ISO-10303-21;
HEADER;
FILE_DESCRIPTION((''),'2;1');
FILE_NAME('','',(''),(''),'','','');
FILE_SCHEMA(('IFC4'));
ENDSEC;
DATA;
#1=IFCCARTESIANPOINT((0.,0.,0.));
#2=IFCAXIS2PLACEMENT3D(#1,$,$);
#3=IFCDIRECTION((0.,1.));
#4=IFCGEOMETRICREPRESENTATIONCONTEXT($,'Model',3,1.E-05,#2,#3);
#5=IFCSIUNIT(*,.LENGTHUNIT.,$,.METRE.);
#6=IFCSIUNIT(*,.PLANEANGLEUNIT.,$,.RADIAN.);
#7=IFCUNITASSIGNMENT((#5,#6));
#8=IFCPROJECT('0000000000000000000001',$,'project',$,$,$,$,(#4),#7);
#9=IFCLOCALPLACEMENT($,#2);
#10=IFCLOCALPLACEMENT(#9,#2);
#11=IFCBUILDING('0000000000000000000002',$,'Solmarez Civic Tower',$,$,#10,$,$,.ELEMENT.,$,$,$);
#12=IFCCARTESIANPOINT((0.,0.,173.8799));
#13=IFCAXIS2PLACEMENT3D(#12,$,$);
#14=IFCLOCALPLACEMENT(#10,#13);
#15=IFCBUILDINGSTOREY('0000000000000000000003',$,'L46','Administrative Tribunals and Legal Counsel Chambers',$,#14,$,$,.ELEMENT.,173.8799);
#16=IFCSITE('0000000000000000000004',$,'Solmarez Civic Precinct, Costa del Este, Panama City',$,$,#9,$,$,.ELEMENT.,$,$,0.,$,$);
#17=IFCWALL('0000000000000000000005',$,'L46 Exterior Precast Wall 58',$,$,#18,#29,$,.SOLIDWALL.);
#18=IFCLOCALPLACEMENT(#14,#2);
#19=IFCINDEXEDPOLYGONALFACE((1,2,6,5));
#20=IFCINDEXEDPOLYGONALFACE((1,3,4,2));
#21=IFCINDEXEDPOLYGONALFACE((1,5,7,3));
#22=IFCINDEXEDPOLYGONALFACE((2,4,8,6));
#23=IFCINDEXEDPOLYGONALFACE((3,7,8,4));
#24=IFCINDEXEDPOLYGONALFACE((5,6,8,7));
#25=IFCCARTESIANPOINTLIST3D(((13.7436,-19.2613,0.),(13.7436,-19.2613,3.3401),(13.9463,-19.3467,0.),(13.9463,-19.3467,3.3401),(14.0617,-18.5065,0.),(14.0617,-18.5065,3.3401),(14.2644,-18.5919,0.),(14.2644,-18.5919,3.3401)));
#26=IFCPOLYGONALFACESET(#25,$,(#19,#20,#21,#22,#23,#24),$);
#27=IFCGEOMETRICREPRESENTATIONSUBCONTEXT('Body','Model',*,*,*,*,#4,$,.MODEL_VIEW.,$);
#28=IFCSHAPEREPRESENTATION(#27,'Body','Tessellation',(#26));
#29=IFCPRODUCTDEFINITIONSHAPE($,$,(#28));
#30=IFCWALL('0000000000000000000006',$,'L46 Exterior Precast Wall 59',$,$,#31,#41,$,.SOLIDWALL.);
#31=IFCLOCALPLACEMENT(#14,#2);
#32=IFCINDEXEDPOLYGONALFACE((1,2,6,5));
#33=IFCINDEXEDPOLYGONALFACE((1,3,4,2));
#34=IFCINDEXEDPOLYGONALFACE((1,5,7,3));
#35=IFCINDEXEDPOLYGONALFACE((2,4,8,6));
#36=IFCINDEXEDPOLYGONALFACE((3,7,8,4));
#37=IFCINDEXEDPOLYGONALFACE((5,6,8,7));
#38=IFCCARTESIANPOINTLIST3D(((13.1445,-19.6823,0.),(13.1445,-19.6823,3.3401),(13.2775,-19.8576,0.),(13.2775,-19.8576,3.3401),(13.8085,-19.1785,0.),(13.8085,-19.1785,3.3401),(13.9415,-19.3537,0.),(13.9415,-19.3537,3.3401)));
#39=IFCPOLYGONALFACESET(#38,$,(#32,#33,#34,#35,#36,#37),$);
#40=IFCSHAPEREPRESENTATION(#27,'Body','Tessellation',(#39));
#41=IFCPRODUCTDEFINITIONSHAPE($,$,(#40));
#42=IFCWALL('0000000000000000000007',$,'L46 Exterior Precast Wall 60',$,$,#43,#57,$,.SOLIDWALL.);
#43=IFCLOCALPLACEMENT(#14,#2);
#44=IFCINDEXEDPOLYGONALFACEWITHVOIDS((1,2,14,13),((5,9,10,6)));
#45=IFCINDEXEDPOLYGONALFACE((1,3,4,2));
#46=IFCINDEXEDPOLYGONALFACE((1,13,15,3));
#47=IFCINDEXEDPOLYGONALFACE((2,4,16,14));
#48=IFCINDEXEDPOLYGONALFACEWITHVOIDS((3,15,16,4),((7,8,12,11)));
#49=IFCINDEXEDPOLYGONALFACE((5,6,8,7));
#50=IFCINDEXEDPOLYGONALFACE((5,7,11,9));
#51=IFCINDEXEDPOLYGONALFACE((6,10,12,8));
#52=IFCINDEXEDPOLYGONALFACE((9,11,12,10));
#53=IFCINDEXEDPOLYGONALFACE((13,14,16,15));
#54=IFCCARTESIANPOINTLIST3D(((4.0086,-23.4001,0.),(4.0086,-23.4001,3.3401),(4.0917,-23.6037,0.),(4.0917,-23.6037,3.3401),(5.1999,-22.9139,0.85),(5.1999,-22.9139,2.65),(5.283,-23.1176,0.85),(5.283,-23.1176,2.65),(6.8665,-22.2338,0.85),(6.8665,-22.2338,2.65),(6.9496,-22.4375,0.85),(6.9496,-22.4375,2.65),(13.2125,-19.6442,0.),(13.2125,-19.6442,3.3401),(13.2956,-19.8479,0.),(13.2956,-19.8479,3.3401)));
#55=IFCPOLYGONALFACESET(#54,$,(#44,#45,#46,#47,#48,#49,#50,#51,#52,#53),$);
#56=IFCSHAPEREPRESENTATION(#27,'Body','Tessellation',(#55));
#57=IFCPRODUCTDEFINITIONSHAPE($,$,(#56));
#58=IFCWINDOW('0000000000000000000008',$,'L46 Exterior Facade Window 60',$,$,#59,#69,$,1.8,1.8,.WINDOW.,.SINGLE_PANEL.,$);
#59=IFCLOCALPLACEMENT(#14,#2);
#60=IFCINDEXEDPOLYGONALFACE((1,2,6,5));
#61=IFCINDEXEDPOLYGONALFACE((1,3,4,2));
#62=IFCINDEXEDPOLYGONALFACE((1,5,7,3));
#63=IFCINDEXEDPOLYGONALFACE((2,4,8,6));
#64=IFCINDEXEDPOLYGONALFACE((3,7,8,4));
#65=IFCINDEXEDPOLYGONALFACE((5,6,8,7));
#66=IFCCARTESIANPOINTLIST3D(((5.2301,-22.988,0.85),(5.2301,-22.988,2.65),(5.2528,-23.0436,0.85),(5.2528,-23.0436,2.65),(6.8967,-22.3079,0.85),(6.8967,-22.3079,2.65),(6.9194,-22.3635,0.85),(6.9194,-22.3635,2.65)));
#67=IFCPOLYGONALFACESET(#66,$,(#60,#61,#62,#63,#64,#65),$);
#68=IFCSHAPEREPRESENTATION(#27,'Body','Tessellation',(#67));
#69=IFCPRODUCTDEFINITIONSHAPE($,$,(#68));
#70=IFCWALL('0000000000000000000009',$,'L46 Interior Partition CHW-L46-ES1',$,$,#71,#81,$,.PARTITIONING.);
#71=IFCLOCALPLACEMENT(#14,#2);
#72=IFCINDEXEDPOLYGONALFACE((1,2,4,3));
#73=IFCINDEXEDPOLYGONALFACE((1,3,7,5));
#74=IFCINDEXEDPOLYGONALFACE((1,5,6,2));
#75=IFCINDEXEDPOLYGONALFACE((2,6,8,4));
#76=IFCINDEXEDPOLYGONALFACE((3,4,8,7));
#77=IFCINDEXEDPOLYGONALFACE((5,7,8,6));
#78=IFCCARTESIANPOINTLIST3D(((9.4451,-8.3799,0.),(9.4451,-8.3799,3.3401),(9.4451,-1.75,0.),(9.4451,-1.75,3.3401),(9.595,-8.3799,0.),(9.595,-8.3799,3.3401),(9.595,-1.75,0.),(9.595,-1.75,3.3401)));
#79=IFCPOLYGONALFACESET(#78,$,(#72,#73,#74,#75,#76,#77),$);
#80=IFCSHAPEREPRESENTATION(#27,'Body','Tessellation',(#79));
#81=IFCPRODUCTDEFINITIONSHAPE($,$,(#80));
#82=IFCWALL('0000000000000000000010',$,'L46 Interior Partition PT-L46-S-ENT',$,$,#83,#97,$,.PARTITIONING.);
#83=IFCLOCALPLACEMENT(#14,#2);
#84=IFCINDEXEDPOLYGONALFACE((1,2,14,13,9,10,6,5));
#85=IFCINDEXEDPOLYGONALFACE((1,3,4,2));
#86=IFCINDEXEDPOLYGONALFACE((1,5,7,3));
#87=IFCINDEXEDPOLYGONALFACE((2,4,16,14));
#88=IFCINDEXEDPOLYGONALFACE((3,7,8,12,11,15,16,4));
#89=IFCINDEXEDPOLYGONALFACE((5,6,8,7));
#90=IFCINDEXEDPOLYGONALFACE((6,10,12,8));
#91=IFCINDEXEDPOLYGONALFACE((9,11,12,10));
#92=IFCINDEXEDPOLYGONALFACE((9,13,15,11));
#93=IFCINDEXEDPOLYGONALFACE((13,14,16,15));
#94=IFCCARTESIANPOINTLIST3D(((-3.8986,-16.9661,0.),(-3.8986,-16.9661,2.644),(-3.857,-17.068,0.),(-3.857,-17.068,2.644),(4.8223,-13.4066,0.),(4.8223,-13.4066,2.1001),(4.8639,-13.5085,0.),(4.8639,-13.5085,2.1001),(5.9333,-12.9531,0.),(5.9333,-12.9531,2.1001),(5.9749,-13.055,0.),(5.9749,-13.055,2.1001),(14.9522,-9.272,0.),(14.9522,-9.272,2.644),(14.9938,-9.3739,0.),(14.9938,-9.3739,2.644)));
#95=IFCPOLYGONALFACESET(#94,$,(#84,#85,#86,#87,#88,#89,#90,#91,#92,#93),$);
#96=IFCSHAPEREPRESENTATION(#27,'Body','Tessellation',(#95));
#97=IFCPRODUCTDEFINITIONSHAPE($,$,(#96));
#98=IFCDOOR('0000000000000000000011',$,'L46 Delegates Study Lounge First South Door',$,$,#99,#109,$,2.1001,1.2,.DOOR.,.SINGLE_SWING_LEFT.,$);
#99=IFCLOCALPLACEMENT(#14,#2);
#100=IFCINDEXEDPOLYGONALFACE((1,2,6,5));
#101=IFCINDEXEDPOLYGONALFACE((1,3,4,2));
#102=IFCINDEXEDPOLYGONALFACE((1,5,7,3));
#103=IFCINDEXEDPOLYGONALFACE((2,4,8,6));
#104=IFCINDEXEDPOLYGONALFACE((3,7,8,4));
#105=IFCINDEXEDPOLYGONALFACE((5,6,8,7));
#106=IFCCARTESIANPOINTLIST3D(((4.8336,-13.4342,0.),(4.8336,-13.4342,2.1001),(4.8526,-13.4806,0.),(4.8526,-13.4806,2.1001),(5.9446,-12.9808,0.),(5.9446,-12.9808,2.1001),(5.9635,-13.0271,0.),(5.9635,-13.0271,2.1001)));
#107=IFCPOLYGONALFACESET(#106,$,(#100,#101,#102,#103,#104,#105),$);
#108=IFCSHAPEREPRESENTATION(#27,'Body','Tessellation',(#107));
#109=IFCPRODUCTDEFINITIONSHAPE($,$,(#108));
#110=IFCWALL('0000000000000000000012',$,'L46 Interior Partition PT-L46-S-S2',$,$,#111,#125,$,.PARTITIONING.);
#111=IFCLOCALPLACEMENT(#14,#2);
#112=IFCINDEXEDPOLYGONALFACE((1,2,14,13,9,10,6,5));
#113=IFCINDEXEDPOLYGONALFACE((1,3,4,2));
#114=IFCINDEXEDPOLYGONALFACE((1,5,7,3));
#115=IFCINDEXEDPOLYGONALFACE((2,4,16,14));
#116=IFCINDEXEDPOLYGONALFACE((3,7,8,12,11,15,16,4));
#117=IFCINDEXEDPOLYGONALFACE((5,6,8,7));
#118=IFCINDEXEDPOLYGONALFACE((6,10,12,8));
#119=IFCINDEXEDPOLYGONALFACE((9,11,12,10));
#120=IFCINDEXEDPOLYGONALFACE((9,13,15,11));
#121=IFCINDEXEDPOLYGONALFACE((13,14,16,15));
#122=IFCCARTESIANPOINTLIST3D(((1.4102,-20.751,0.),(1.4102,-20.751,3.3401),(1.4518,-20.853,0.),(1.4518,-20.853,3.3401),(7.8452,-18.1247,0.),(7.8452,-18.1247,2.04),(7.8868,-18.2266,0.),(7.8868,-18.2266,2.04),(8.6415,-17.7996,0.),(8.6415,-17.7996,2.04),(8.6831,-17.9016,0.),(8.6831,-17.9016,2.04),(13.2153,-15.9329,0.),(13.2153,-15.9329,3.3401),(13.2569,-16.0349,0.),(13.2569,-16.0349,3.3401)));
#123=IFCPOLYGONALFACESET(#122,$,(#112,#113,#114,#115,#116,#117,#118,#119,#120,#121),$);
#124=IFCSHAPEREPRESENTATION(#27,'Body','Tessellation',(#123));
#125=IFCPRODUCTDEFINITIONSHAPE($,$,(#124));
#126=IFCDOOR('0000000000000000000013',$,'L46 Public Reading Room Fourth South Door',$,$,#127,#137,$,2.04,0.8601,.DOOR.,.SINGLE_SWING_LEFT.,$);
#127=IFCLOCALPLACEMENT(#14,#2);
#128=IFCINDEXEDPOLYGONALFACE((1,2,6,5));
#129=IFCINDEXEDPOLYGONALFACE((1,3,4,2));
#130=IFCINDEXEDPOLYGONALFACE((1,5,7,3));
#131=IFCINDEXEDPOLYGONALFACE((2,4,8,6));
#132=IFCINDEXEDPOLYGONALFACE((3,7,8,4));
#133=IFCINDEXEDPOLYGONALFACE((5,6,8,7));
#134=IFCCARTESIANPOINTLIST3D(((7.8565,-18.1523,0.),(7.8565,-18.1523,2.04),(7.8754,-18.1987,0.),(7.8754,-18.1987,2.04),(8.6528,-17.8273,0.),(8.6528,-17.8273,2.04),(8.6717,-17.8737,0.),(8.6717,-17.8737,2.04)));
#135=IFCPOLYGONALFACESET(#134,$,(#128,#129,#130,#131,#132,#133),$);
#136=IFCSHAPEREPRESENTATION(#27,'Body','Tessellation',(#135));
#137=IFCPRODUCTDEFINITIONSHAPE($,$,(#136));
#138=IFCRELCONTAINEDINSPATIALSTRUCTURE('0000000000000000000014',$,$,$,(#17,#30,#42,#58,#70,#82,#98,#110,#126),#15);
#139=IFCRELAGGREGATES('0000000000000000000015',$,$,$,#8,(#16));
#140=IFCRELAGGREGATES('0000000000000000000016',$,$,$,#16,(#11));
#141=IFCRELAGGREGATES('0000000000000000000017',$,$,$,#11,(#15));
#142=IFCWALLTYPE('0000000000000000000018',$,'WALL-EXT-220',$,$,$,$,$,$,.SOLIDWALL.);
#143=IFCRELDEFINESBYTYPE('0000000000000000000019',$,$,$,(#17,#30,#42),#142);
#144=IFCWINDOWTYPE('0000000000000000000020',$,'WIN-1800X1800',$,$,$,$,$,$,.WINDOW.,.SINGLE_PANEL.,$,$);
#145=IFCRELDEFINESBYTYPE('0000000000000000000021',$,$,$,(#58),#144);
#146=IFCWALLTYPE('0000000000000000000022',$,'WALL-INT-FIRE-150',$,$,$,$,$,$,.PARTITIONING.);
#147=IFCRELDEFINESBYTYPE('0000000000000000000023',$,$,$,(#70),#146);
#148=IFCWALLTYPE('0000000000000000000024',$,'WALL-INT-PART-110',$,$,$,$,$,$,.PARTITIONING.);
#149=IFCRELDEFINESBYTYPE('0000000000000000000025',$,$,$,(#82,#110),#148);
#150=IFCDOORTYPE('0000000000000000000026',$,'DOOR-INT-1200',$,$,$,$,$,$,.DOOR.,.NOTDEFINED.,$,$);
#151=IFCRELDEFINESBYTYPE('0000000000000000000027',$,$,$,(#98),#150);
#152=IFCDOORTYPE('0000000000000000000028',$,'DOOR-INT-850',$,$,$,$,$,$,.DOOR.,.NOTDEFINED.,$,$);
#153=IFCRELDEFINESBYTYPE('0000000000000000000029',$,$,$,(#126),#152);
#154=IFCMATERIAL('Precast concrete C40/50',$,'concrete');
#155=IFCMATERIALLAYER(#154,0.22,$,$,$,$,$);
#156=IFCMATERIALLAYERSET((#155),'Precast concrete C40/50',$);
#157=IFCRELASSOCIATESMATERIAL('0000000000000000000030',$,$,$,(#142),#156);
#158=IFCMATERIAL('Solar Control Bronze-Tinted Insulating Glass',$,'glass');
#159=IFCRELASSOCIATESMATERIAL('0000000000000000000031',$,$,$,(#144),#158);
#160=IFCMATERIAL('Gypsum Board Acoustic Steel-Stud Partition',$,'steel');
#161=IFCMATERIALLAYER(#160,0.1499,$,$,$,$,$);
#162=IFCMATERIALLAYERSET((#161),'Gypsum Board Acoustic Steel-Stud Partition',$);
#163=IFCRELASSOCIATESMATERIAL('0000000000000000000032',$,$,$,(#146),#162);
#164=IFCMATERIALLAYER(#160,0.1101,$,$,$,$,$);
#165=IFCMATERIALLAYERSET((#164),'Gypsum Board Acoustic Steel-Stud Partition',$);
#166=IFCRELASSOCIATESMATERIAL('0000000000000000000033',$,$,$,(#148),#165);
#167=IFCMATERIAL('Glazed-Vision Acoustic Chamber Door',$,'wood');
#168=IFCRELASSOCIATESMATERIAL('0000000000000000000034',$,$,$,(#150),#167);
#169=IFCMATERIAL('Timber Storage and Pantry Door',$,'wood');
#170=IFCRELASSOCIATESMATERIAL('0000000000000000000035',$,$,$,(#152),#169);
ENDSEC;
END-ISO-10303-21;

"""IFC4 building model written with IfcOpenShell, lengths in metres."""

from ifc_helpers import new_model, si_unit, direction, frame, frame_2d, origin, place, context, subcontext, project, spatial, rectangle, extrude, material, layer, layer_set, type_object, element, fill, save


model = new_model("IFC4")

# Units and contexts
model_context = context("Model", 3, precision=1e-05, world=origin(), true_north=direction((0.0, 1.0)))
body_context = subcontext(model_context, "Body", "Model", "MODEL_VIEW")
ifc_project = project(units=[si_unit("LENGTHUNIT", "METRE"), si_unit("PLANEANGLEUNIT", "RADIAN")], contexts=[model_context])

# Site, building, storey
site_placement = place(None, origin())
site = spatial("IfcSite", under=ifc_project, at=site_placement, Name="Solmarez Civic Precinct, Costa del Este, Panama City", CompositionType="ELEMENT", RefElevation=0.0)
building_placement = place(site_placement, origin())
building = spatial("IfcBuilding", under=site, at=building_placement, Name="Solmarez Civic Tower", CompositionType="ELEMENT")
storey_placement = place(building_placement, frame((0.0, 0.0, 173.8799)))
storey = spatial("IfcBuildingStorey", under=building, at=storey_placement, Name="L46", Description="Administrative Tribunals and Legal Counsel Chambers", CompositionType="ELEMENT", Elevation=173.8799)

# Walls
ifc_material_1 = material(Name="Precast concrete C40/50", Category="concrete")
ifc_layer_1 = layer(ifc_material_1, 0.22)
ifc_layer_set_1 = layer_set([ifc_layer_1], Name="Precast concrete C40/50")
wall_type_1 = type_object("IfcWallType", Name="WALL-EXT-220", PredefinedType="SOLIDWALL", material=ifc_layer_set_1)
wall_1_placement = place(storey_placement, frame((14.1631, -18.5491, 0.0), z_axis=(0.0, 0.0, 1.0), x_axis=(-0.388337, -0.921518, 0.0)))
element("IfcWall", 1, at=wall_1_placement, inside=storey, type_object=wall_type_1, Name="L46 Exterior Precast Wall 58", PredefinedType="SOLIDWALL", context=body_context, shape_type="SweptSolid", body=[
    extrude(rectangle(XDim=0.8191, YDim=0.22, at=frame_2d((0.4097, 0.0))), origin(), (0.0, 0.0, 1.0), 3.3401),
])
wall_2_placement = place(storey_placement, frame((13.875, -19.2661, 0.0), z_axis=(0.0, 0.0, 1.0), x_axis=(-0.796613, -0.604489, 0.0)))
element("IfcWall", 2, at=wall_2_placement, inside=storey, type_object=wall_type_1, Name="L46 Exterior Precast Wall 59", PredefinedType="SOLIDWALL", context=body_context, shape_type="SweptSolid", body=[
    extrude(rectangle(XDim=0.8335, YDim=0.22, at=frame_2d((0.4167, 0.0))), origin(), (0.0, 0.0, 1.0), 3.3401),
])

# Wall, opening, window
wall_3_placement = place(storey_placement, frame((13.2539, -19.7461, 0.0), z_axis=(0.0, 0.0, 1.0), x_axis=(-0.925876, -0.377827, 0.0)))
wall_3 = element("IfcWall", 3, at=wall_3_placement, inside=storey, type_object=wall_type_1, Name="L46 Exterior Precast Wall 60", PredefinedType="SOLIDWALL", context=body_context, shape_type="SweptSolid", body=[
    extrude(rectangle(XDim=9.9407, YDim=0.22, at=frame_2d((4.9702, 0.0))), origin(), (0.0, 0.0, 1.0), 3.3401),
])
opening_1_placement = place(wall_3_placement, frame((6.854, 0.0, 0.8501)))
opening_1 = element("IfcOpeningElement", 4, at=opening_1_placement, cuts=wall_3, PredefinedType="OPENING", context=body_context, shape_type="SweptSolid", body=[
    extrude(rectangle(XDim=1.8, YDim=1.8, at=frame_2d((0.8999, 0.8999))), frame((0.0, 0.1199, 0.0), z_axis=(0.0, -1.0, 0.0), x_axis=(1.0, 0.0, 0.0)), (0.0, 0.0, 1.0), 0.24),
])
ifc_material_2 = material(Name="Solar Control Bronze-Tinted Insulating Glass", Category="glass")
window_type = type_object("IfcWindowType", Name="WIN-1800X1800", PartitioningType="SINGLE_PANEL", PredefinedType="WINDOW", material=ifc_material_2)
window_placement = place(opening_1_placement, origin())
window = element("IfcWindow", 5, at=window_placement, inside=storey, type_object=window_type, Name="L46 Exterior Facade Window 60", OverallHeight=1.8, OverallWidth=1.8, PartitioningType="SINGLE_PANEL", PredefinedType="WINDOW", context=body_context, shape_type="SweptSolid", body=[
    extrude(rectangle(XDim=1.8, YDim=1.8, at=frame_2d((0.8999, 0.8999))), frame((0.0, 0.03, 0.0), z_axis=(0.0, -1.0, 0.0), x_axis=(1.0, 0.0, 0.0)), (0.0, 0.0, 1.0), 0.0601),
])
fill(opening_1, window)

# Wall
ifc_material_3 = material(Name="Gypsum Board Acoustic Steel-Stud Partition", Category="steel")
ifc_layer_2 = layer(ifc_material_3, 0.1499)
ifc_layer_set_2 = layer_set([ifc_layer_2], Name="Gypsum Board Acoustic Steel-Stud Partition")
wall_type_2 = type_object("IfcWallType", Name="WALL-INT-FIRE-150", PredefinedType="PARTITIONING", material=ifc_layer_set_2)
wall_4_placement = place(storey_placement, frame((9.52, -8.3799, 0.0), z_axis=(0.0, 0.0, 1.0), x_axis=(0.0, 1.0, 0.0)))
element("IfcWall", 6, at=wall_4_placement, inside=storey, type_object=wall_type_2, Name="L46 Interior Partition CHW-L46-ES1", PredefinedType="PARTITIONING", context=body_context, shape_type="SweptSolid", body=[
    extrude(rectangle(XDim=6.6299, YDim=0.1499, at=frame_2d((3.3149, 0.0))), origin(), (0.0, 0.0, 1.0), 3.3401),
])

# Walls, openings, doors
ifc_layer_3 = layer(ifc_material_3, 0.1101)
ifc_layer_set_3 = layer_set([ifc_layer_3], Name="Gypsum Board Acoustic Steel-Stud Partition")
wall_type_3 = type_object("IfcWallType", Name="WALL-INT-PART-110", PredefinedType="PARTITIONING", material=ifc_layer_set_3)
wall_5_placement = place(storey_placement, frame((14.9729, -9.323, 0.0), z_axis=(0.0, 0.0, 1.0), x_axis=(-0.92585, -0.377892, 0.0)))
wall_5 = element("IfcWall", 7, at=wall_5_placement, inside=storey, type_object=wall_type_3, Name="L46 Interior Partition PT-L46-S-ENT", PredefinedType="PARTITIONING", context=body_context, shape_type="SweptSolid", body=[
    extrude(rectangle(XDim=20.3606, YDim=0.1101, at=frame_2d((10.1802, 0.0))), origin(), (0.0, 0.0, 1.0), 2.644),
])
opening_2_placement = place(wall_5_placement, frame((9.741, 0.0, 0.0)))
opening_2 = element("IfcOpeningElement", 8, at=opening_2_placement, cuts=wall_5, PredefinedType="OPENING", context=body_context, shape_type="SweptSolid", body=[
    extrude(rectangle(XDim=1.2, YDim=2.1001, at=frame_2d((0.6001, 1.05))), frame((0.0, 0.0649, 0.0), z_axis=(0.0, -1.0, 0.0), x_axis=(1.0, 0.0, 0.0)), (0.0, 0.0, 1.0), 0.1301),
])
ifc_material_4 = material(Name="Glazed-Vision Acoustic Chamber Door", Category="wood")
door_type_1 = type_object("IfcDoorType", Name="DOOR-INT-1200", OperationType="NOTDEFINED", PredefinedType="DOOR", material=ifc_material_4)
door_1_placement = place(opening_2_placement, origin())
door_1 = element("IfcDoor", 9, at=door_1_placement, inside=storey, type_object=door_type_1, Name="L46 Delegates Study Lounge First South Door", OperationType="SINGLE_SWING_LEFT", OverallHeight=2.1001, OverallWidth=1.2, PredefinedType="DOOR", context=body_context, shape_type="SweptSolid", body=[
    extrude(rectangle(XDim=1.2, YDim=2.1001, at=frame_2d((0.6001, 1.05))), frame((0.0, 0.0249, 0.0), z_axis=(0.0, -1.0, 0.0), x_axis=(1.0, 0.0, 0.0)), (0.0, 0.0, 1.0), 0.05),
])
fill(opening_2, door_1)
wall_6_placement = place(storey_placement, frame((13.2361, -15.9839, 0.0), z_axis=(0.0, 0.0, 1.0), x_axis=(-0.925857, -0.377875, 0.0)))
wall_6 = element("IfcWall", 10, at=wall_6_placement, inside=storey, type_object=wall_type_3, Name="L46 Interior Partition PT-L46-S-S2", PredefinedType="PARTITIONING", context=body_context, shape_type="SweptSolid", body=[
    extrude(rectangle(XDim=12.7505, YDim=0.1101, at=frame_2d((6.3752, 0.0))), origin(), (0.0, 0.0, 1.0), 3.3401),
])
opening_3_placement = place(wall_6_placement, frame((4.9399, 0.0, 0.0)))
opening_3 = element("IfcOpeningElement", 11, at=opening_3_placement, cuts=wall_6, PredefinedType="OPENING", context=body_context, shape_type="SweptSolid", body=[
    extrude(rectangle(XDim=0.8601, YDim=2.04, at=frame_2d((0.4302, 1.02))), frame((0.0, 0.0649, 0.0), z_axis=(0.0, -1.0, 0.0), x_axis=(1.0, 0.0, 0.0)), (0.0, 0.0, 1.0), 0.1301),
])
ifc_material_5 = material(Name="Timber Storage and Pantry Door", Category="wood")
door_type_2 = type_object("IfcDoorType", Name="DOOR-INT-850", OperationType="NOTDEFINED", PredefinedType="DOOR", material=ifc_material_5)
door_2_placement = place(opening_3_placement, origin())
door_2 = element("IfcDoor", 12, at=door_2_placement, inside=storey, type_object=door_type_2, Name="L46 Public Reading Room Fourth South Door", OperationType="SINGLE_SWING_LEFT", OverallHeight=2.04, OverallWidth=0.8601, PredefinedType="DOOR", context=body_context, shape_type="SweptSolid", body=[
    extrude(rectangle(XDim=0.8601, YDim=2.04, at=frame_2d((0.4302, 1.02))), frame((0.0, 0.0249, 0.0), z_axis=(0.0, -1.0, 0.0), x_axis=(1.0, 0.0, 0.0)), (0.0, 0.0, 1.0), 0.05),
])
fill(opening_3, door_2)

save(model, "model.ifc")
